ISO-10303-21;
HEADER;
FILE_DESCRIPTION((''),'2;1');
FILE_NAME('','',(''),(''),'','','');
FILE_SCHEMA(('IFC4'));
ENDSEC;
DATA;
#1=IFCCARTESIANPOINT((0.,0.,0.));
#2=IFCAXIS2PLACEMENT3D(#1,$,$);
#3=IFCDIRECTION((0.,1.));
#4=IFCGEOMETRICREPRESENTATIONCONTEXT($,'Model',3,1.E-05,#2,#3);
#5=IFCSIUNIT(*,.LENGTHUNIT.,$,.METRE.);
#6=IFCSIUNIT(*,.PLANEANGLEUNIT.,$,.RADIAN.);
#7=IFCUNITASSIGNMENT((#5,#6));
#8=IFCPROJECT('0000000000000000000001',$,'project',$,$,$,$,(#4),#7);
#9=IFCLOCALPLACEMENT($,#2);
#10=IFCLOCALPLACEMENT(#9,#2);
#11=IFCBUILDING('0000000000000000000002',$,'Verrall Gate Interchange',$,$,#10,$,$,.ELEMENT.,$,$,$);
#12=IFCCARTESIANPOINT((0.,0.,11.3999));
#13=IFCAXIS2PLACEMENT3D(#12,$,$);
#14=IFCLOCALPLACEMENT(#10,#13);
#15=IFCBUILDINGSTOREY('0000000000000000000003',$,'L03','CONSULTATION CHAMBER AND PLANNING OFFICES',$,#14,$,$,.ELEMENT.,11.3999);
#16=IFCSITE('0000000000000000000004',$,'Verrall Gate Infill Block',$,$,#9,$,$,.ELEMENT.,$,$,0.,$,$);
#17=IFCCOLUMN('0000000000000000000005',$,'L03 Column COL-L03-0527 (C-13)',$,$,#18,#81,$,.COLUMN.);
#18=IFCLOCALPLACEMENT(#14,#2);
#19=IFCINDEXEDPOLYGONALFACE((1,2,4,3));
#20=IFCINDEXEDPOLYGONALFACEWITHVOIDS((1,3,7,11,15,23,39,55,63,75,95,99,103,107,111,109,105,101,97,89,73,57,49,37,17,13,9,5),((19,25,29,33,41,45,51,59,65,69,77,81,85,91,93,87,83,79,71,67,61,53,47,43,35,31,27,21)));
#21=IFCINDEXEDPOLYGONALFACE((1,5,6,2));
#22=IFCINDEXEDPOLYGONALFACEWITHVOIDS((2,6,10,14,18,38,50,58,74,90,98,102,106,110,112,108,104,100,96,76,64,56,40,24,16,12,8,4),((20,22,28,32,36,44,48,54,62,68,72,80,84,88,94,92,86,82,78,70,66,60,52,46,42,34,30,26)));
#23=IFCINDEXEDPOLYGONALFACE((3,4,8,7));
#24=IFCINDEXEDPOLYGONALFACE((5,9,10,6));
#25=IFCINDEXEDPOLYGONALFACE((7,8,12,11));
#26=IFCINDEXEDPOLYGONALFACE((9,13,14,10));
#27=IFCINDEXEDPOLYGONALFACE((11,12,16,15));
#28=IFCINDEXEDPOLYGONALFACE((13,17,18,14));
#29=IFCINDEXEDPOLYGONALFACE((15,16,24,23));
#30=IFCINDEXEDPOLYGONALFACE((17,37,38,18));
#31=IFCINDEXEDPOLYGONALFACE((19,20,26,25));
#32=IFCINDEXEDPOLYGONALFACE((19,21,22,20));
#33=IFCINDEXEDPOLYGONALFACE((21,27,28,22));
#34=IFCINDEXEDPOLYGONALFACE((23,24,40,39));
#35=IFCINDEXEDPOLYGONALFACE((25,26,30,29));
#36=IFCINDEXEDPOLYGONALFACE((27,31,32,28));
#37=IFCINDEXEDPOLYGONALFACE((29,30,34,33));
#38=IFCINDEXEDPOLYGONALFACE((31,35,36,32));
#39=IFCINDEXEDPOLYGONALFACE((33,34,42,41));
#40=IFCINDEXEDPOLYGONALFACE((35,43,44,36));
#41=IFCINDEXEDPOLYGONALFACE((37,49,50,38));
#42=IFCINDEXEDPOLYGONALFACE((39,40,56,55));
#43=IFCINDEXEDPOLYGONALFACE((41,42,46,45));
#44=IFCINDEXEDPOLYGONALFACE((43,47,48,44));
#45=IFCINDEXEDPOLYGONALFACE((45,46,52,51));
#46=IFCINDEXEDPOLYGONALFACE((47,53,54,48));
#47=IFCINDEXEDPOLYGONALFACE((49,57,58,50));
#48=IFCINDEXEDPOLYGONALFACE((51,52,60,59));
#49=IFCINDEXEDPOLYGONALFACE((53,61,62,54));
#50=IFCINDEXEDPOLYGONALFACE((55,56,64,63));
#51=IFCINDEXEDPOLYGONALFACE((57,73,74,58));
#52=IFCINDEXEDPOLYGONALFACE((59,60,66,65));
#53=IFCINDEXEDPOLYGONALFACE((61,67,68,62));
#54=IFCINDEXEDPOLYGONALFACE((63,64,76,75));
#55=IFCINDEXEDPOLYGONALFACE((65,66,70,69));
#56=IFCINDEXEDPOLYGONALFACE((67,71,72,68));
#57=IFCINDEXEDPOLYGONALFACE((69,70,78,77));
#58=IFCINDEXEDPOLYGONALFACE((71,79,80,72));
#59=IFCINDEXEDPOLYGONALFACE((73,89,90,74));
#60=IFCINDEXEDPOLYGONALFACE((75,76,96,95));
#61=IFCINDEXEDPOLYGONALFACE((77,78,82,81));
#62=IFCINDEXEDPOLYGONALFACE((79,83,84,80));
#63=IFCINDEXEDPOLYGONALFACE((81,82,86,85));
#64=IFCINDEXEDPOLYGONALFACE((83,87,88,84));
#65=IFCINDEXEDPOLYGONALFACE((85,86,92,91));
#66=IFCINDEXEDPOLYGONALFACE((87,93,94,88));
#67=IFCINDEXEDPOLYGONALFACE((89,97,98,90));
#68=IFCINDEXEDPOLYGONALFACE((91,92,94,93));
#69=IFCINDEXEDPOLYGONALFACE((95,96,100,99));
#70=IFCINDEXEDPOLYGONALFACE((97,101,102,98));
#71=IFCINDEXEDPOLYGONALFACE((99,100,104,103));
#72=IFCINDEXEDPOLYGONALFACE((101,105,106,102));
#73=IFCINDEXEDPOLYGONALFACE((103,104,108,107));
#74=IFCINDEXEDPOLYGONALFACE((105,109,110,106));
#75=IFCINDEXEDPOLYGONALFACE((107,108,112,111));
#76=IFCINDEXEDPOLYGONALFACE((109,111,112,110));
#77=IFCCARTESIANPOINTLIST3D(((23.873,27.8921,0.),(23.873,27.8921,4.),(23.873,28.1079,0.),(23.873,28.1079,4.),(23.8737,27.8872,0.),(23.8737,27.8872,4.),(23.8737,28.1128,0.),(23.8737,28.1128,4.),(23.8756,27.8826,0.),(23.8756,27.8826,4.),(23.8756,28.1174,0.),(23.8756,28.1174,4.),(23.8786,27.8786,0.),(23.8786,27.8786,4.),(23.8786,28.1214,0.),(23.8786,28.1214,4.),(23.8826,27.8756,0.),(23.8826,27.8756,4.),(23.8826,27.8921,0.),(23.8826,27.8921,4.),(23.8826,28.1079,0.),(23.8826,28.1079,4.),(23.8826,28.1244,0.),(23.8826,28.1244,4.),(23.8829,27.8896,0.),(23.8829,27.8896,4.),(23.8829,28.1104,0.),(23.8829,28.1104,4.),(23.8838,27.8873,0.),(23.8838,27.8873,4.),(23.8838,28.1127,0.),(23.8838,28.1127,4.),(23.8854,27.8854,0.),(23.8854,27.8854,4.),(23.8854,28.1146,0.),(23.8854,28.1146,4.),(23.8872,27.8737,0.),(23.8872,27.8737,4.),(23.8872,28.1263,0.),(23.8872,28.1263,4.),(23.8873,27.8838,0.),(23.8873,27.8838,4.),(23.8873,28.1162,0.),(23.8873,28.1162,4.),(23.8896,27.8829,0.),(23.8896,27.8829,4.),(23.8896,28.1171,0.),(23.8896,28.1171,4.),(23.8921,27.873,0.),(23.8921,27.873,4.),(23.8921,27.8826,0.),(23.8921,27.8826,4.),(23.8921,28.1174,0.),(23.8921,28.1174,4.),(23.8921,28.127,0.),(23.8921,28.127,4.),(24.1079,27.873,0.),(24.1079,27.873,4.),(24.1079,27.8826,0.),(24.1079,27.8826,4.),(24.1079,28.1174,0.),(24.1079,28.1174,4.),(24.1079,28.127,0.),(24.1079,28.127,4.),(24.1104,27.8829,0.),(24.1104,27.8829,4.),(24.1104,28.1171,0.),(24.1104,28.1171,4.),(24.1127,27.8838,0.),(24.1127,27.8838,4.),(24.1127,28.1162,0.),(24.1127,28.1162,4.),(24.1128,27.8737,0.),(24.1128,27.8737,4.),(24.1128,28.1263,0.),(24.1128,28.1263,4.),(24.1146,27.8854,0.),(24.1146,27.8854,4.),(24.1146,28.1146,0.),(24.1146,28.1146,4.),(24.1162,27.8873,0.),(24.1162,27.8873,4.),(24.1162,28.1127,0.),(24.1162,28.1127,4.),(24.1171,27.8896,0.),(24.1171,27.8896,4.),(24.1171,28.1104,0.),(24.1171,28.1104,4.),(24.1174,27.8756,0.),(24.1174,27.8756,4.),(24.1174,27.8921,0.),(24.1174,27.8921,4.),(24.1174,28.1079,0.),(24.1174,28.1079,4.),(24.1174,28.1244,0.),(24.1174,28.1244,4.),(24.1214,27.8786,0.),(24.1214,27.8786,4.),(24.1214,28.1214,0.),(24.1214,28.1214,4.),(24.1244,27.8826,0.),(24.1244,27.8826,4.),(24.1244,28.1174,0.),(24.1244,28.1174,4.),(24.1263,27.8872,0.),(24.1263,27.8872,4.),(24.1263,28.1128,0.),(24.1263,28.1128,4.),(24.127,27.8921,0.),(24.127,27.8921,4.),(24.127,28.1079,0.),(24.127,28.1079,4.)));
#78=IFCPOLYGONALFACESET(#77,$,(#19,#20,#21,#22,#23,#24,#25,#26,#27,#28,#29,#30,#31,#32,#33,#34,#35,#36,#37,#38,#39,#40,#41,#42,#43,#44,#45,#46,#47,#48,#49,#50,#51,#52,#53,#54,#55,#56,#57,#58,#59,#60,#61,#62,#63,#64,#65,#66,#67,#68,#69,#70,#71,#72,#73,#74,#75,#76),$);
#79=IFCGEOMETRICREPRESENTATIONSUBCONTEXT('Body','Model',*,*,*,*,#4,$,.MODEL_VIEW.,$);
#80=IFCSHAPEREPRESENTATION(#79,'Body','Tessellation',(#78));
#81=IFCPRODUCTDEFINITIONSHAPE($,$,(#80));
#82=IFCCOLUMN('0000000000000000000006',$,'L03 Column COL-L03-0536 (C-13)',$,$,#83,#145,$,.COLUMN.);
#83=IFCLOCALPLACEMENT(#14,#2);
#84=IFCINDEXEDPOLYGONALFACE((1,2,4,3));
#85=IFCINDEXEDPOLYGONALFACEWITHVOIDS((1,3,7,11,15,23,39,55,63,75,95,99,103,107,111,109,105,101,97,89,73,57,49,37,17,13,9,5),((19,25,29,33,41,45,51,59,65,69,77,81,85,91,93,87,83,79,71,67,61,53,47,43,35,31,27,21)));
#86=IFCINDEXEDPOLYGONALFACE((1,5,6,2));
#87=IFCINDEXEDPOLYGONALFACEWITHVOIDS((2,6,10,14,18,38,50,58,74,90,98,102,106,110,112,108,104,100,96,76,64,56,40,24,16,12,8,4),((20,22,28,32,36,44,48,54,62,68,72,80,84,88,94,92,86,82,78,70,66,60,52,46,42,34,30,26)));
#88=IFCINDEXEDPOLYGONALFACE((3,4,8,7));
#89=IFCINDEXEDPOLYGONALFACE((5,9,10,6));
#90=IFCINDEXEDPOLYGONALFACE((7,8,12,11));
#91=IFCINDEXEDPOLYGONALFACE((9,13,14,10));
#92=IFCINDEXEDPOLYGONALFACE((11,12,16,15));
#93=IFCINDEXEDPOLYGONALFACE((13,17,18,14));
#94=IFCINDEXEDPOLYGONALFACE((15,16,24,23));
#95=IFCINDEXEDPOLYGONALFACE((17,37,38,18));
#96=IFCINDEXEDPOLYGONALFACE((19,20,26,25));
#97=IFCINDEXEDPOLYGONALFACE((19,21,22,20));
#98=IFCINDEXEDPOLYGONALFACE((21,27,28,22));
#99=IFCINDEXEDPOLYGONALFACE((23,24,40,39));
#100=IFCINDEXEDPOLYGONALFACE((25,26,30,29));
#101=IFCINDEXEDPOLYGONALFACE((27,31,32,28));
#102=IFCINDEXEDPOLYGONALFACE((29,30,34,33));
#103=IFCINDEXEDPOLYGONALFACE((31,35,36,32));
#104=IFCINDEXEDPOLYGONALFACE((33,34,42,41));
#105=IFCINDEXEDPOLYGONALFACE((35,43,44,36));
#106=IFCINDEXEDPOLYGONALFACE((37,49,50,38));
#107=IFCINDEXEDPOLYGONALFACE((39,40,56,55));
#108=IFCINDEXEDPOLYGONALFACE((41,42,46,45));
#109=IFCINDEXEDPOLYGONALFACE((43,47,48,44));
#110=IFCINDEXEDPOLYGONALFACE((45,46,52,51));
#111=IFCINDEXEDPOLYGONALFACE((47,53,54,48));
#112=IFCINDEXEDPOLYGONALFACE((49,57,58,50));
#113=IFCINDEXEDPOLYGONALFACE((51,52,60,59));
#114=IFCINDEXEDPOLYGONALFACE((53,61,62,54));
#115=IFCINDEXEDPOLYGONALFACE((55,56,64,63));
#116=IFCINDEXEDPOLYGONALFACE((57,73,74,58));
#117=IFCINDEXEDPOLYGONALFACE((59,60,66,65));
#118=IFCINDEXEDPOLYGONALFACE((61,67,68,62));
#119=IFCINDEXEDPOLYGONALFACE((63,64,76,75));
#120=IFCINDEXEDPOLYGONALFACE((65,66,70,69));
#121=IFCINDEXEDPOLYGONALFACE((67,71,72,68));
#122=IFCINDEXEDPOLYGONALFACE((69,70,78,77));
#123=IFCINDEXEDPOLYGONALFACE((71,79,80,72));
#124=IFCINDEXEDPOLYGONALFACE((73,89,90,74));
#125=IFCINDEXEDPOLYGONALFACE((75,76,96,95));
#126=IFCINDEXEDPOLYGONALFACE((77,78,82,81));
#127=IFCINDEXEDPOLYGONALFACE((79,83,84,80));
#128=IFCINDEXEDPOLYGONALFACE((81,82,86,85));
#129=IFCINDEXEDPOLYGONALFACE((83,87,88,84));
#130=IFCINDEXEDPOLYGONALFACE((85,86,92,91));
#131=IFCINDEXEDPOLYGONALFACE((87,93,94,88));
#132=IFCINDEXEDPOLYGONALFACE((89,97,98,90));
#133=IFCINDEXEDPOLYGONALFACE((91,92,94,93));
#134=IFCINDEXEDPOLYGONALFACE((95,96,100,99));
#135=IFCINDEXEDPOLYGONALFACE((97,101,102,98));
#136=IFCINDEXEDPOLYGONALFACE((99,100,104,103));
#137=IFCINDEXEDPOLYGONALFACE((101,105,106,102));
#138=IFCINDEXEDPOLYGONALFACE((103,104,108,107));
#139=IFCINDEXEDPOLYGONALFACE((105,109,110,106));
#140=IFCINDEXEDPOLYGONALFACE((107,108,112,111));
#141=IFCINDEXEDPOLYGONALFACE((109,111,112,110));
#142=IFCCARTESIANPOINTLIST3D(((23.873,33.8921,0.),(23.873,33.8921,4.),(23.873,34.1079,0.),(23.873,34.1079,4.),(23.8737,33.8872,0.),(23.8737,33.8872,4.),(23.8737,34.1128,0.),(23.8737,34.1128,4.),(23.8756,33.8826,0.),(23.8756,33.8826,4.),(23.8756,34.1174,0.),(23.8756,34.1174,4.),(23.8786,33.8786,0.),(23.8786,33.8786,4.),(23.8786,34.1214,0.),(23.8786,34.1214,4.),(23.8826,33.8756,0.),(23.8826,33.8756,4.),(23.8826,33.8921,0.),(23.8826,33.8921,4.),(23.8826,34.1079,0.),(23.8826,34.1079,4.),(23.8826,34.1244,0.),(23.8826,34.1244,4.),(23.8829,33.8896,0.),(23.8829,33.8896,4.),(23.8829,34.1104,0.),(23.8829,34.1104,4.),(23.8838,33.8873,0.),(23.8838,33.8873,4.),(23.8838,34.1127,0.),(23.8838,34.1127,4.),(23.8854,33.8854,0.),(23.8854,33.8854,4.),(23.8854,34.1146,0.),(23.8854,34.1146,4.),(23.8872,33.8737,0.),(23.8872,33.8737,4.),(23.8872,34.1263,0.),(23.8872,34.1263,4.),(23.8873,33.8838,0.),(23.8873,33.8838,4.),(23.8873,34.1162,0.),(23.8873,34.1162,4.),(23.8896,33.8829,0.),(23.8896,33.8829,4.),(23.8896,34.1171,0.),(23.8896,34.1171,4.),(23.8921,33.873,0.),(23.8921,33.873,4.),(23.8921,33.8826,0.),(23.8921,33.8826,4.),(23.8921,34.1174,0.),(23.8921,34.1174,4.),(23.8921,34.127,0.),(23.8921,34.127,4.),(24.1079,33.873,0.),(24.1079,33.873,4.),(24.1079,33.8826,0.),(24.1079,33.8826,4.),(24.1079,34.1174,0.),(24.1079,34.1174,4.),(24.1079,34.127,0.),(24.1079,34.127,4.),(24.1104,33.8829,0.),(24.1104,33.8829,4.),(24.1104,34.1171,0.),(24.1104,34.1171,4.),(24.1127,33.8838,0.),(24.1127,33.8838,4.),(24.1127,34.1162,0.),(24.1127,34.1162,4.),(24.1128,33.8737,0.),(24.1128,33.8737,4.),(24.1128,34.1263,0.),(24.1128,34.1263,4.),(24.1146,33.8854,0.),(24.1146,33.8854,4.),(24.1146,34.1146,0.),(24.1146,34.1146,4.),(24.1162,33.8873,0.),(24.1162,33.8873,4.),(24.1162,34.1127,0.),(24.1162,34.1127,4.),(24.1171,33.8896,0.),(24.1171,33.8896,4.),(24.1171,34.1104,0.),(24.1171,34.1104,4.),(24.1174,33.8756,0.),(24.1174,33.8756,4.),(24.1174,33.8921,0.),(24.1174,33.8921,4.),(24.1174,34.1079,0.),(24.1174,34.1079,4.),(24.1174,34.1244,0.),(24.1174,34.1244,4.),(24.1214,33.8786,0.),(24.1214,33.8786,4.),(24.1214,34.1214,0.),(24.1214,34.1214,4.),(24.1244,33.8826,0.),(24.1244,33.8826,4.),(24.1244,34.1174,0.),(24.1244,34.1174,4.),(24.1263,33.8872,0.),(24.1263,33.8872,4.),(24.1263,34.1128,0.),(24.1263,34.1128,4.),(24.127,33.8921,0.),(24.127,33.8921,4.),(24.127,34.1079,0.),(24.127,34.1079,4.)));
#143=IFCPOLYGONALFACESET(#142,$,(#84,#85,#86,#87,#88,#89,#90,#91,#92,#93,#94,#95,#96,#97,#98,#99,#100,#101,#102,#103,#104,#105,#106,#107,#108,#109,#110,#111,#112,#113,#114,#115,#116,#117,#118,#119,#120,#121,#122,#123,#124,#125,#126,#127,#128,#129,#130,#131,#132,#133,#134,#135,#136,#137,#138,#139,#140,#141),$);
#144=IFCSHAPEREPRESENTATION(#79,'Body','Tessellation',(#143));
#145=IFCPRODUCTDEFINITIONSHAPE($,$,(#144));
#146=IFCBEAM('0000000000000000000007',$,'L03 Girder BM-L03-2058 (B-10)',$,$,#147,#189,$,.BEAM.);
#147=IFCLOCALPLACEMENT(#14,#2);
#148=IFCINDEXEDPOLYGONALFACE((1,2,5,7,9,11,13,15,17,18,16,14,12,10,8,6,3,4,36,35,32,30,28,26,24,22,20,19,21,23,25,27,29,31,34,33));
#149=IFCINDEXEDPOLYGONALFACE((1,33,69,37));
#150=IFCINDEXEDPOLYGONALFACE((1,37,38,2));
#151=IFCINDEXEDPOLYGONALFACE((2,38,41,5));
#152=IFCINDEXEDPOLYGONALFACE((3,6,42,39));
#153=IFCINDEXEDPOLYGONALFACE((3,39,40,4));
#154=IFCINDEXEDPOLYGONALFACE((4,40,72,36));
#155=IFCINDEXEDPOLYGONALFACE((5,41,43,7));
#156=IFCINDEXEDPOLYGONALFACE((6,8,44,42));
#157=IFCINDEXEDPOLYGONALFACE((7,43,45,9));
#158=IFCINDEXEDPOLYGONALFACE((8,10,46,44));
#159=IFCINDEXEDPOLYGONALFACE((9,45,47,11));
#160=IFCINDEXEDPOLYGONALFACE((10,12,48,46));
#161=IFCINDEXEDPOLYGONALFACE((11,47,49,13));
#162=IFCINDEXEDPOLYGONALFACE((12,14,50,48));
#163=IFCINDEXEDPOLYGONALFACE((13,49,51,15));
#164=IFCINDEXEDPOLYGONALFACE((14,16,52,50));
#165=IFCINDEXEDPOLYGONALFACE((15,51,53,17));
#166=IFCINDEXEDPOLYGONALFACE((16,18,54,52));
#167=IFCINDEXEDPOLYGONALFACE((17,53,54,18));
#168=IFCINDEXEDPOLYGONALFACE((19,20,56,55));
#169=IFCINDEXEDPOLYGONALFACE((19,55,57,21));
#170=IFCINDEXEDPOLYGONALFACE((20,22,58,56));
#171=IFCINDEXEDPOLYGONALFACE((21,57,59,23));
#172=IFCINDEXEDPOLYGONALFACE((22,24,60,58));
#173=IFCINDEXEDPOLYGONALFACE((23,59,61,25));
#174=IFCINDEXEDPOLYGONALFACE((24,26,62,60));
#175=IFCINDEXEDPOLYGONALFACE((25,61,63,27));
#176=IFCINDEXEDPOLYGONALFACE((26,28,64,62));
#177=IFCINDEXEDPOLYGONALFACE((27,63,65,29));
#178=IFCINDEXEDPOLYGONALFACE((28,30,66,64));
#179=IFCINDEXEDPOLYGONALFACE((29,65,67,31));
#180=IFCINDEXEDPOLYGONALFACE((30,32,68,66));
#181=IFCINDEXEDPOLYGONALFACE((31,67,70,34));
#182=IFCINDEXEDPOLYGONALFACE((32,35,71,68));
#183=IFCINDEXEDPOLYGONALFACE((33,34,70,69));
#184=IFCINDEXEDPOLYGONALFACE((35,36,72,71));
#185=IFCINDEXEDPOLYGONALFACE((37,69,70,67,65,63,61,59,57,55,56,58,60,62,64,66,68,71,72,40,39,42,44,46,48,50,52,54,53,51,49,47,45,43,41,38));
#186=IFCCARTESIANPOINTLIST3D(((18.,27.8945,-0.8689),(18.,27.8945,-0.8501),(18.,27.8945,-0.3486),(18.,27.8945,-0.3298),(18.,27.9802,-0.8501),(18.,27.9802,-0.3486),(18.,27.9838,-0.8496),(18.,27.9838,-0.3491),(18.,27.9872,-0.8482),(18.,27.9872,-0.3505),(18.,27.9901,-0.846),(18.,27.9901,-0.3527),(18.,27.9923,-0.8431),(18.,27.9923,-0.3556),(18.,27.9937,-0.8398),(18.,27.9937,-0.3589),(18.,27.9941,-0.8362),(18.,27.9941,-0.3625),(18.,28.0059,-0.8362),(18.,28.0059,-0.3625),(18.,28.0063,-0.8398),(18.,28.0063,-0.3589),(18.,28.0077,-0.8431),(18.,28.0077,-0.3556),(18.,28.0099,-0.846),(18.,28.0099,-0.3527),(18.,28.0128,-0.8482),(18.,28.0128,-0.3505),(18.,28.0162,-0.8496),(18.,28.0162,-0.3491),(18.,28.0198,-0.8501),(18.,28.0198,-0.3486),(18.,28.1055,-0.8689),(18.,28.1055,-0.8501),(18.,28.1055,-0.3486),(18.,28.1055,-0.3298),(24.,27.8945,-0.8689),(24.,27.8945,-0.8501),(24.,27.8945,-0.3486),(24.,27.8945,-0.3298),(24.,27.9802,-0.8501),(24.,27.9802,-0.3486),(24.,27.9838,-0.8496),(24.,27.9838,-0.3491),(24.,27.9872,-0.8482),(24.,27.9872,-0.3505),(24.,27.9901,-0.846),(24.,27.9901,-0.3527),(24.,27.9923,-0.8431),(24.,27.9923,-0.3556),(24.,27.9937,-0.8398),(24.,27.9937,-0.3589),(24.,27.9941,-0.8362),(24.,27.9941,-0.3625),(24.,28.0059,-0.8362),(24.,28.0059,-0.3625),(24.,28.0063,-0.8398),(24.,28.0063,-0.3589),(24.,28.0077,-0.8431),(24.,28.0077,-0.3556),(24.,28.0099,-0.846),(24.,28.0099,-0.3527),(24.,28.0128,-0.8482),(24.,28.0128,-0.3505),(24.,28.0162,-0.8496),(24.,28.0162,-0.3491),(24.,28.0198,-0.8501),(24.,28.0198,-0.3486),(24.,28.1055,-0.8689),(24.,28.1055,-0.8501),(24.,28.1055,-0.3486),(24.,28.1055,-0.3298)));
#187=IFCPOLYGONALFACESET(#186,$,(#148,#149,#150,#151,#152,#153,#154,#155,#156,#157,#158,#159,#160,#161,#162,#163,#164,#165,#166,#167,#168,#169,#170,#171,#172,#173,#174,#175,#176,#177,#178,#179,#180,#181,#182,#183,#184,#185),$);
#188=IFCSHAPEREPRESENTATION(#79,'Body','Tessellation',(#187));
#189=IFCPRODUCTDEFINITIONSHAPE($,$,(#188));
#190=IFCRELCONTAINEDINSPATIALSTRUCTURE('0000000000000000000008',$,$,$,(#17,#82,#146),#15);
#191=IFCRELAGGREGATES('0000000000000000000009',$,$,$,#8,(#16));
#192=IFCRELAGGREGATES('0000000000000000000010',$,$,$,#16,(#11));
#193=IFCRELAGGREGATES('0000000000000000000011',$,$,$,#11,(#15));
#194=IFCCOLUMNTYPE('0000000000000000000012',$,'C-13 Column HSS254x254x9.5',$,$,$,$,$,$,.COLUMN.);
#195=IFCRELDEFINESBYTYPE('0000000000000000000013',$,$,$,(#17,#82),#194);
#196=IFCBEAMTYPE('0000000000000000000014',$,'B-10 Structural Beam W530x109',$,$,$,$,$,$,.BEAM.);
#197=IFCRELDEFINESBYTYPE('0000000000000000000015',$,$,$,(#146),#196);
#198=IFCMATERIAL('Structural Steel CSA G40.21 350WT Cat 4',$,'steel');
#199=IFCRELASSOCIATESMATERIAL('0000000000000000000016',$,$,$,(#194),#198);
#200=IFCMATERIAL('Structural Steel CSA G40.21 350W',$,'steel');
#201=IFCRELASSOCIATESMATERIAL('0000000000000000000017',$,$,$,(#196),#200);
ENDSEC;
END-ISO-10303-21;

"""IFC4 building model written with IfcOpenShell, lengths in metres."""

from ifc_helpers import new_model, si_unit, direction, frame, origin, origin_2d, place, context, subcontext, project, spatial, hollow_rectangle, i_section, extrude, material, material_profile, profile_set, type_object, element, save


model = new_model("IFC4")

# Units and contexts
model_context = context("Model", 3, precision=1e-05, world=origin(), true_north=direction((0.0, 1.0)))
body_context = subcontext(model_context, "Body", "Model", "MODEL_VIEW")
ifc_project = project(units=[si_unit("LENGTHUNIT", "METRE"), si_unit("PLANEANGLEUNIT", "RADIAN")], contexts=[model_context])

# Site, building, storey
site_placement = place(None, origin())
site = spatial("IfcSite", under=ifc_project, at=site_placement, Name="Verrall Gate Infill Block", CompositionType="ELEMENT", RefElevation=0.0)
building_placement = place(site_placement, origin())
building = spatial("IfcBuilding", under=site, at=building_placement, Name="Verrall Gate Interchange", CompositionType="ELEMENT")
storey_placement = place(building_placement, frame((0.0, 0.0, 11.3999)))
storey = spatial("IfcBuildingStorey", under=building, at=storey_placement, Name="L03", Description="CONSULTATION CHAMBER AND PLANNING OFFICES", CompositionType="ELEMENT", Elevation=11.3999)

# Columns
ifc_material_1 = material(Name="Structural Steel CSA G40.21 350WT Cat 4", Category="steel")
ifc_material_profile_1 = material_profile(ifc_material_1, hollow_rectangle(XDim=0.2539, YDim=0.2539, WallThickness=0.0095, InnerFilletRadius=0.0095, OuterFilletRadius=0.019, at=origin_2d()), Name="HSS254x254x9.5")
ifc_profile_set_1 = profile_set([ifc_material_profile_1], Name="Structural Steel CSA G40.21 350WT Cat 4")
column_type = type_object("IfcColumnType", Name="C-13 Column HSS254x254x9.5", PredefinedType="COLUMN", material=ifc_profile_set_1)
for number, where, z_axis, x_axis, name in (
    (1, (24.0, 28.0, 0.0), (0.0, 0.0, 1.0), (1.0, 0.0, 0.0), "L03 Column COL-L03-0527 (C-13)"),
    (2, (24.0, 34.0, 0.0), (0.0, 0.0, 1.0), (1.0, 0.0, 0.0), "L03 Column COL-L03-0536 (C-13)"),
):
    element("IfcColumn", number, at=place(storey_placement, frame(where, z_axis=z_axis, x_axis=x_axis)), inside=storey, type_object=column_type, Name=name, PredefinedType="COLUMN", context=body_context, shape_type="SweptSolid", body=[
        extrude(hollow_rectangle(XDim=0.2539, YDim=0.2539, WallThickness=0.0095, InnerFilletRadius=0.0095, OuterFilletRadius=0.019, at=origin_2d()), origin(), (0.0, 0.0, 1.0), 4.0),
    ])

# Beam
ifc_material_2 = material(Name="Structural Steel CSA G40.21 350W", Category="steel")
ifc_material_profile_2 = material_profile(ifc_material_2, i_section(OverallWidth=0.2109, OverallDepth=0.5391, WebThickness=0.0117, FlangeThickness=0.0188, FilletRadius=0.0139, at=origin_2d()), Name="W530x109")
ifc_profile_set_2 = profile_set([ifc_material_profile_2], Name="Structural Steel CSA G40.21 350W")
beam_type_1 = type_object("IfcBeamType", Name="B-10 Structural Beam W530x109", PredefinedType="BEAM", material=ifc_profile_set_2)
for number, where, z_axis, x_axis, name in (
    (3, (18.0, 28.0, -0.5994), (1.0, 0.0, 0.0), (0.0, 1.0, 0.0), "L03 Girder BM-L03-2058 (B-10)"),
):
    element("IfcBeam", number, at=place(storey_placement, frame(where, z_axis=z_axis, x_axis=x_axis)), inside=storey, type_object=beam_type_1, Name=name, PredefinedType="BEAM", context=body_context, shape_type="SweptSolid", body=[
        extrude(i_section(OverallWidth=0.2109, OverallDepth=0.5391, WebThickness=0.0117, FlangeThickness=0.0188, FilletRadius=0.0139, at=origin_2d()), origin(), (0.0, 0.0, 1.0), 6.0),
    ])

save(model, "model.ifc")
